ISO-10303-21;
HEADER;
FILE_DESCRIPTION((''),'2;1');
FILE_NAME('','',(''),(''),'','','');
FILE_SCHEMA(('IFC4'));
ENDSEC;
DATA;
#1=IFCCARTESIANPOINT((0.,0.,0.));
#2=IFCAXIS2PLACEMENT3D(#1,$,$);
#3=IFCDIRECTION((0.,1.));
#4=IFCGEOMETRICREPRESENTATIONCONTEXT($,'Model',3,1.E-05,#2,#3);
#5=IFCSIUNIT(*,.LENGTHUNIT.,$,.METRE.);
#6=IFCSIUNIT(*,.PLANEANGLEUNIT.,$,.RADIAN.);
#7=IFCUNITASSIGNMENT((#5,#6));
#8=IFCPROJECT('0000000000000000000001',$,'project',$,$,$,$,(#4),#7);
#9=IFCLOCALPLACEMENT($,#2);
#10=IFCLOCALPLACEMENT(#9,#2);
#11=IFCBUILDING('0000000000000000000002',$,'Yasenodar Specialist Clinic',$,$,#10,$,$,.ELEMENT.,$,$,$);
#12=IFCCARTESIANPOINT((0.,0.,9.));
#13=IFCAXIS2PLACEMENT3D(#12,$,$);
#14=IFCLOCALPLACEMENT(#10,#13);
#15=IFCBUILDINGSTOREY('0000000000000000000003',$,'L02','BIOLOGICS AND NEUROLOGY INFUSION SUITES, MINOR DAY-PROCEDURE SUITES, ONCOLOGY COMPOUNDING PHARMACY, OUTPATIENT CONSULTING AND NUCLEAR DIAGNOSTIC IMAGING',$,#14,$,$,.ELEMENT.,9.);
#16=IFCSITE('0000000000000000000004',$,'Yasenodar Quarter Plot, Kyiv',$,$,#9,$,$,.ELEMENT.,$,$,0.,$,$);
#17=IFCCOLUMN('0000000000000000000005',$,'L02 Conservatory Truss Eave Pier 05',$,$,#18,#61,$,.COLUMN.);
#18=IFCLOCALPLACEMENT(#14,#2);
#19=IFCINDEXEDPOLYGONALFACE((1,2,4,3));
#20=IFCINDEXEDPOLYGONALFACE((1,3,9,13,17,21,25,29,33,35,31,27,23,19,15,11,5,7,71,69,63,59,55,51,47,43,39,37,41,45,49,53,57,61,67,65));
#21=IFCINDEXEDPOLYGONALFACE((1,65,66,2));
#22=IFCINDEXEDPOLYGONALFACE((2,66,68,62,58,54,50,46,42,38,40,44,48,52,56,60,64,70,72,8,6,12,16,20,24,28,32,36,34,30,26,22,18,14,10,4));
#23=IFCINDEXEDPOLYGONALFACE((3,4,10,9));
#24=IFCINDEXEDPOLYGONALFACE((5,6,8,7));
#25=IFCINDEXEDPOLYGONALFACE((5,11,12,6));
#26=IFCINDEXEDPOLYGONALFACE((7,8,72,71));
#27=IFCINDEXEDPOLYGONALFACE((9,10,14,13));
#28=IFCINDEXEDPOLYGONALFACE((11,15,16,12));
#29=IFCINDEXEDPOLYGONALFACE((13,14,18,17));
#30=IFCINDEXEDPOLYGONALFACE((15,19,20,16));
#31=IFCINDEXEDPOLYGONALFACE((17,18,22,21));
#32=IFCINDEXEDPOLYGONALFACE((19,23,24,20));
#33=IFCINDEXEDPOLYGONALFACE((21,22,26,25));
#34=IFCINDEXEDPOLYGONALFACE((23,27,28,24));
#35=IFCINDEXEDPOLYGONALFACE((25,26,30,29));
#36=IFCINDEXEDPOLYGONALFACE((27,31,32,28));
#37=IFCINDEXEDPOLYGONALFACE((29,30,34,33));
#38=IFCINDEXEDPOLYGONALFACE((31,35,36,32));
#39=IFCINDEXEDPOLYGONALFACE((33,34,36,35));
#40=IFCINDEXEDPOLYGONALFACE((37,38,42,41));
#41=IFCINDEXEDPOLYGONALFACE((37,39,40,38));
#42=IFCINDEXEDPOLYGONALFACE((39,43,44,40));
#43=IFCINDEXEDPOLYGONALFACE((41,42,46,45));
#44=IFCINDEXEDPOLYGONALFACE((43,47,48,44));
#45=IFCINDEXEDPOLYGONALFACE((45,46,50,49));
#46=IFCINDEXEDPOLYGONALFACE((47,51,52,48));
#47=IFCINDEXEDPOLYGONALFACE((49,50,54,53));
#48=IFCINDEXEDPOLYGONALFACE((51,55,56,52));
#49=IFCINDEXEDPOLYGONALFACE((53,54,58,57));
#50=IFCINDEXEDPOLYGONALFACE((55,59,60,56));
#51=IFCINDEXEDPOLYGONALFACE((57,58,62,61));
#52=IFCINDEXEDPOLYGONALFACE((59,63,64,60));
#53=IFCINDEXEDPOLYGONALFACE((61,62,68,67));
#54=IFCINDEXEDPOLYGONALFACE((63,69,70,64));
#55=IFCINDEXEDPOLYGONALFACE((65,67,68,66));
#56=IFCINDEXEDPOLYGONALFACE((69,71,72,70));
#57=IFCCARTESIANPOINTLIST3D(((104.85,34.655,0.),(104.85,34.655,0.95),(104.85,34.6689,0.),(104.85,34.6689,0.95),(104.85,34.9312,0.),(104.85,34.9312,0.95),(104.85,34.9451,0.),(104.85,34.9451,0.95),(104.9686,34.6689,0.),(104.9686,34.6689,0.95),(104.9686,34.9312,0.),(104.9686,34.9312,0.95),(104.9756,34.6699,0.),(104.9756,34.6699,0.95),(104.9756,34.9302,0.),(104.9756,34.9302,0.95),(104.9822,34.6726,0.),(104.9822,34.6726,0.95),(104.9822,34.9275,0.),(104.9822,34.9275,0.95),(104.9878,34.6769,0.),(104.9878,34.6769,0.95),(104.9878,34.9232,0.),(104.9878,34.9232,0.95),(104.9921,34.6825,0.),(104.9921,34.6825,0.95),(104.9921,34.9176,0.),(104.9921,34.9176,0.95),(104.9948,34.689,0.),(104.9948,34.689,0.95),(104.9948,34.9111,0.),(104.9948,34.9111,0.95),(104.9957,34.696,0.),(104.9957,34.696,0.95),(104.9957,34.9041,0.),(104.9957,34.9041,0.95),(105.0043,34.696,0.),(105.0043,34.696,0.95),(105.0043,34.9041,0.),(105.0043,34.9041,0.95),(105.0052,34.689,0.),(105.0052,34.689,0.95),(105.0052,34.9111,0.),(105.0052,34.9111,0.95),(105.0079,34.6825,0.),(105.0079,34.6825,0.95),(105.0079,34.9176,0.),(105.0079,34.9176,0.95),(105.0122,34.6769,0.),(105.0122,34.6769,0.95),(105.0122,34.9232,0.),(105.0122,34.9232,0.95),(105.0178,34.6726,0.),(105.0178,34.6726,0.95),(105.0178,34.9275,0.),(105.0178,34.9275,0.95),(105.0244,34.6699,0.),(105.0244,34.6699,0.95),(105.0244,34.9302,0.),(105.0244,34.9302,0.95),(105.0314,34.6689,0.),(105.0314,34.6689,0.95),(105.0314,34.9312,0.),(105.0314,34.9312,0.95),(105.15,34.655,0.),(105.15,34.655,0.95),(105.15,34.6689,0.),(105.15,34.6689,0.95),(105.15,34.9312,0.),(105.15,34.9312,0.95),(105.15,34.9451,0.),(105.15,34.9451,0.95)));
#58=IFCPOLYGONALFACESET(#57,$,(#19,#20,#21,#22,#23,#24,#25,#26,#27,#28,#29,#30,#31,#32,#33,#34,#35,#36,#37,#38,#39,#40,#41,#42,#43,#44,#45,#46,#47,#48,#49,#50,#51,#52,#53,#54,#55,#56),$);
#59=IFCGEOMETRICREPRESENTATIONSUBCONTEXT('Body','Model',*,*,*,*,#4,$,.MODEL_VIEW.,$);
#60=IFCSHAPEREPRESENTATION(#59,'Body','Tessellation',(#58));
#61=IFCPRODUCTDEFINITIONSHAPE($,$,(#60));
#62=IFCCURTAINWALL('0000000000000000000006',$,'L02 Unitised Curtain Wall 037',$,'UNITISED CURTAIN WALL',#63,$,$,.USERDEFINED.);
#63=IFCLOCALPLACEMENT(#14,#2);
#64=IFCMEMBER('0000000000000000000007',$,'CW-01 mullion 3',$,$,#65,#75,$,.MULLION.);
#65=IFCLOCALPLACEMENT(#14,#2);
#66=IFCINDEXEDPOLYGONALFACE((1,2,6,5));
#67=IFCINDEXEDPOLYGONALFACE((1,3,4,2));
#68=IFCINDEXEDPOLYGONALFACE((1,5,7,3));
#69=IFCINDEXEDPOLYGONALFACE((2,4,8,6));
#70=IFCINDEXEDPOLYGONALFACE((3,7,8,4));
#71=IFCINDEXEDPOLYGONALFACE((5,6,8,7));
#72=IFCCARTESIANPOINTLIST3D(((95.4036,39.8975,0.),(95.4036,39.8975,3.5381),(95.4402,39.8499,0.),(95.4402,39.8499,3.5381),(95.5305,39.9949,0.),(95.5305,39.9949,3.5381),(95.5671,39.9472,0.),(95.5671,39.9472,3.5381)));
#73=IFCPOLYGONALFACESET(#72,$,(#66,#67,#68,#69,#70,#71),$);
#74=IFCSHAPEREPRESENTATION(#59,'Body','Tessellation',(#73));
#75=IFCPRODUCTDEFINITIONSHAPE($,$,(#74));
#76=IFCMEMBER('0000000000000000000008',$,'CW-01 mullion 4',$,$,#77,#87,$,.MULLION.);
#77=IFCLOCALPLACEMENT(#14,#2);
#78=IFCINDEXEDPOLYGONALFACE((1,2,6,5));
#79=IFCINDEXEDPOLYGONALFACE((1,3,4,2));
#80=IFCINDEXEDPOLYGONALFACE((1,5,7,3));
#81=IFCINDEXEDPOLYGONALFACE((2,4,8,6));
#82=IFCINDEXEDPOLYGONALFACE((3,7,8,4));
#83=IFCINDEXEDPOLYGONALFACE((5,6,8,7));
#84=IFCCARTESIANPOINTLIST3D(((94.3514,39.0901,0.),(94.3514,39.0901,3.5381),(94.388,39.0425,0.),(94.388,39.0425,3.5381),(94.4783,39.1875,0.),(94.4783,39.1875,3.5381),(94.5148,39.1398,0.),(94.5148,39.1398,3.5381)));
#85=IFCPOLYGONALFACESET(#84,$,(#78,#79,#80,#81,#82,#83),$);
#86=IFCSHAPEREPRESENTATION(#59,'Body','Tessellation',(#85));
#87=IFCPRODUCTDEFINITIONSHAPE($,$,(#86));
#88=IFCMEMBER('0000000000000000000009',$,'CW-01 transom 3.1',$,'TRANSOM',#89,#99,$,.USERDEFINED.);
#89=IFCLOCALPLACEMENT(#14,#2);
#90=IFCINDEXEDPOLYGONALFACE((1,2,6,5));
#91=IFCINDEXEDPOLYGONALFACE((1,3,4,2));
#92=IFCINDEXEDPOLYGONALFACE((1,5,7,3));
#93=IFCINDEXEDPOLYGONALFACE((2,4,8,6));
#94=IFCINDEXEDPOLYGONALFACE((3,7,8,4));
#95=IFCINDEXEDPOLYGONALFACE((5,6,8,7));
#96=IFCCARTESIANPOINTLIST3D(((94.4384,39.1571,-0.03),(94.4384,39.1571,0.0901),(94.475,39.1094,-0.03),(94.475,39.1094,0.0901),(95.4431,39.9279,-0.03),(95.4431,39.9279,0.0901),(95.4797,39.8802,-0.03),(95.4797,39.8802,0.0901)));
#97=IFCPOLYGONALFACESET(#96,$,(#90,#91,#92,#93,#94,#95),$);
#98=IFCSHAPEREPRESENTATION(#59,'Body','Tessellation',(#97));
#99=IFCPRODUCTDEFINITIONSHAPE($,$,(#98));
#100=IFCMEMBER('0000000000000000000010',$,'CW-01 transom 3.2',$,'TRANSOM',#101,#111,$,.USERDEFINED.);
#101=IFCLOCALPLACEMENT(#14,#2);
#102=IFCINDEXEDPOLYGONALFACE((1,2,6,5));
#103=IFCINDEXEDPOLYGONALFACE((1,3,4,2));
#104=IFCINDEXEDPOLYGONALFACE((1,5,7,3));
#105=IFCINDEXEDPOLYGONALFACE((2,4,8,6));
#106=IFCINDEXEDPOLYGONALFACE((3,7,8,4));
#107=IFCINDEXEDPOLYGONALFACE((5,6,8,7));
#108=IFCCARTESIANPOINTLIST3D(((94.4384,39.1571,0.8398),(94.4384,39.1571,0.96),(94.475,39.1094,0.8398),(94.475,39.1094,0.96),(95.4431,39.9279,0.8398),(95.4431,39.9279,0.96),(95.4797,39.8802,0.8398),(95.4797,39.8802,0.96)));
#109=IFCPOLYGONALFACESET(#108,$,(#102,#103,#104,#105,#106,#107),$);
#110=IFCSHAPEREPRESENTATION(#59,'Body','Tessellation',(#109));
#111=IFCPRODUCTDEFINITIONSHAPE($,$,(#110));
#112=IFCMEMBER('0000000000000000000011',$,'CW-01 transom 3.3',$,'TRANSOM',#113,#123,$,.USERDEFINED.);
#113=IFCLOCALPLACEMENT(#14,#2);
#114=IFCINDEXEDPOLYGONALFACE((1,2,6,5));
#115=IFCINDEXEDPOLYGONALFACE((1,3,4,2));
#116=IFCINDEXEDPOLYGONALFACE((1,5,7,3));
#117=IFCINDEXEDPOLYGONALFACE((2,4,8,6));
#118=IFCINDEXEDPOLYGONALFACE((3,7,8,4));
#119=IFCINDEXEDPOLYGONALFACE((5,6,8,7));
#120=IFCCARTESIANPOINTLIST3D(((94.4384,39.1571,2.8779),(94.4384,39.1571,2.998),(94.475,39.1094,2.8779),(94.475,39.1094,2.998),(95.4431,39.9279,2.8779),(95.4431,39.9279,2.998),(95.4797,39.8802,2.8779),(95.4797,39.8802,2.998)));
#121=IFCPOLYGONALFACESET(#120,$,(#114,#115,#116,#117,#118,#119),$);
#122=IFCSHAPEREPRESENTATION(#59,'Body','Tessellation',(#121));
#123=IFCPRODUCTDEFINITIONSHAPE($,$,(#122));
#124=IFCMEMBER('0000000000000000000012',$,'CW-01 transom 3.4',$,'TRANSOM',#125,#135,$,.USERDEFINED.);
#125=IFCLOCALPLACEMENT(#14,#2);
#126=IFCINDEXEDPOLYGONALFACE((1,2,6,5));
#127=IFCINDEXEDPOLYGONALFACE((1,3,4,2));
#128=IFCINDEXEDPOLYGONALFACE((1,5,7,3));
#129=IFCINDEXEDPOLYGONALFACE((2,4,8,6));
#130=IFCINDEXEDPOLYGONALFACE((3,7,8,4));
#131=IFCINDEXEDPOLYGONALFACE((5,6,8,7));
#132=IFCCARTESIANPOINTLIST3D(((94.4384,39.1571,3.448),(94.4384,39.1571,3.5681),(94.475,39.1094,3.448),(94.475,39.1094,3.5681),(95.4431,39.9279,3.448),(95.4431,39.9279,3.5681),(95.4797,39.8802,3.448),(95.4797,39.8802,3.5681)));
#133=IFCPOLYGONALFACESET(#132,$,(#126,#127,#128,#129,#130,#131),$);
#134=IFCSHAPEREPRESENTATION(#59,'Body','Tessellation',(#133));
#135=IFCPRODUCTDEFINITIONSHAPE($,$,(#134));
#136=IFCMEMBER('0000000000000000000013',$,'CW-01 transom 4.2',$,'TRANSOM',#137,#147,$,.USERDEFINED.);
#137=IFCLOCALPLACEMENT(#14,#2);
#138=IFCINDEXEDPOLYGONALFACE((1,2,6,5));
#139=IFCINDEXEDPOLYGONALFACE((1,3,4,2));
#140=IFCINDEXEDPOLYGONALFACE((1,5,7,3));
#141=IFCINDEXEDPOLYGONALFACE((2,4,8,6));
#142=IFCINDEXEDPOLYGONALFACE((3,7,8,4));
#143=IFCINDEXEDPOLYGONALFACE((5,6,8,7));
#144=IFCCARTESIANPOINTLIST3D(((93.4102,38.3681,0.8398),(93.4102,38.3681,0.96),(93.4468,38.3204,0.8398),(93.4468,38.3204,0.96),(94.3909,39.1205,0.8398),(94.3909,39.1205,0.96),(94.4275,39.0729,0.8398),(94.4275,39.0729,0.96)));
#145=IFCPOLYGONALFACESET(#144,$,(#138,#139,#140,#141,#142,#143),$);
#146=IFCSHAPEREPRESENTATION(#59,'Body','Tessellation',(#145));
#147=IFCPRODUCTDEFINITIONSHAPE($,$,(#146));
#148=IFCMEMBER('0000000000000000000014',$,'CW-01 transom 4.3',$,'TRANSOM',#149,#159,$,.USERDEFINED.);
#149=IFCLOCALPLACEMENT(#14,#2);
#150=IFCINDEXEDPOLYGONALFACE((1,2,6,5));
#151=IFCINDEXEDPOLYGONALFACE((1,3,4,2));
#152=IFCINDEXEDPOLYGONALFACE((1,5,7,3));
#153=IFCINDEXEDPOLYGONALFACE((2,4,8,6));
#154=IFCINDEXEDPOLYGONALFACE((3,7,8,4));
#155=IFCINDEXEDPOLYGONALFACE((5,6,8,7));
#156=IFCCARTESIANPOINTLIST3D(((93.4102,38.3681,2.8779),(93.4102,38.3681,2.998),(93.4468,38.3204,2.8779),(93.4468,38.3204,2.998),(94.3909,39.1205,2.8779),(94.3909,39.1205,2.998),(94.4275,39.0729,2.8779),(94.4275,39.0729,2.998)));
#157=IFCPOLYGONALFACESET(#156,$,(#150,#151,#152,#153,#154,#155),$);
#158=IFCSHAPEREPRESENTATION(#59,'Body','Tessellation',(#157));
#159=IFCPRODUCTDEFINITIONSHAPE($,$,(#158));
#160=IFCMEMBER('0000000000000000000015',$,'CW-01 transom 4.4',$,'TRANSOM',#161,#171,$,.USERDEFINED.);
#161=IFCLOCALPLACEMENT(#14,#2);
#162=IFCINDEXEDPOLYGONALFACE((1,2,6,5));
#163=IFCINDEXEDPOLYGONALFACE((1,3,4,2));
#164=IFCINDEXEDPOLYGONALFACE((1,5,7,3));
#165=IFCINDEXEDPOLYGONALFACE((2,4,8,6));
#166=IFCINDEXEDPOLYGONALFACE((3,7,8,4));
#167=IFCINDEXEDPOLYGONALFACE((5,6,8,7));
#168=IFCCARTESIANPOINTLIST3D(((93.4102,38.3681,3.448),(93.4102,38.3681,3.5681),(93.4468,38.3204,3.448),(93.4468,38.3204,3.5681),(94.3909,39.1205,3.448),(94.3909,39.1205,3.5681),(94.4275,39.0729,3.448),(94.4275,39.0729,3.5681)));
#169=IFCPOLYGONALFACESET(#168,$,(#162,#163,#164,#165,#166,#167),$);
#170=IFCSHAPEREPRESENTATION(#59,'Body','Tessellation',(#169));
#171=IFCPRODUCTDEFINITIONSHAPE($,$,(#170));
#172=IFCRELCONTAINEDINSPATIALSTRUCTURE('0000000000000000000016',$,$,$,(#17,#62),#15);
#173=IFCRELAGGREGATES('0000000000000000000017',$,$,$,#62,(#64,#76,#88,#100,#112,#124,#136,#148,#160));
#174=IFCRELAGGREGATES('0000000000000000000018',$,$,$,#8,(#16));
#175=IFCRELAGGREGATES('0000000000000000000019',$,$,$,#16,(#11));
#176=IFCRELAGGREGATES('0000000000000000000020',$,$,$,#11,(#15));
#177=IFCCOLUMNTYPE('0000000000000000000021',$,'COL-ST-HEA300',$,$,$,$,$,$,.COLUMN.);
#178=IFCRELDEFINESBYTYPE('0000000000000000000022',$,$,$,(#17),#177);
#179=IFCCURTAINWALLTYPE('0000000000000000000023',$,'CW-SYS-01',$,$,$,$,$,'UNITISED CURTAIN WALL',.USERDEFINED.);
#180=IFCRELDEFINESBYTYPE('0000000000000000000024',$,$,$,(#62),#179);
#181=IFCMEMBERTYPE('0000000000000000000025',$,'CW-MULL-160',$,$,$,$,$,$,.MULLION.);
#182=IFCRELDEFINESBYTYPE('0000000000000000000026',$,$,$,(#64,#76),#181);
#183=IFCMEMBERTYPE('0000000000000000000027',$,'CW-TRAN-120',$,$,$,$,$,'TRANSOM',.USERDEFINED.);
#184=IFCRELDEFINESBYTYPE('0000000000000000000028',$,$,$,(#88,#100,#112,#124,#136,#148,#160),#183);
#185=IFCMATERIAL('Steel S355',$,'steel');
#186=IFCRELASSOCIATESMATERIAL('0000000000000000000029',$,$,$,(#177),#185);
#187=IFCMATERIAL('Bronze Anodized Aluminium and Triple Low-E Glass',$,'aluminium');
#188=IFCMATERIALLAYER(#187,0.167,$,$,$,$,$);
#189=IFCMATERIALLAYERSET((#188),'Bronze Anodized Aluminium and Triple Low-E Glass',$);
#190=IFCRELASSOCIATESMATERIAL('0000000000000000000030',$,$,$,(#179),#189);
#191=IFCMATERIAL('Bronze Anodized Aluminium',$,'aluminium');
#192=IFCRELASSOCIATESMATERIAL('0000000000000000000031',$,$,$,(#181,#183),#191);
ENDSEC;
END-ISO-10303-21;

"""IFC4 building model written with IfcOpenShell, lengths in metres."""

from ifc_helpers import new_model, si_unit, direction, frame, origin, origin_2d, place, context, subcontext, project, spatial, rectangle, i_section, extrude, material, layer, layer_set, material_profile, profile_set, type_object, element, aggregate, save


model = new_model("IFC4")

# Units and contexts
model_context = context("Model", 3, precision=1e-05, world=origin(), true_north=direction((0.0, 1.0)))
body_context = subcontext(model_context, "Body", "Model", "MODEL_VIEW")
ifc_project = project(units=[si_unit("LENGTHUNIT", "METRE"), si_unit("PLANEANGLEUNIT", "RADIAN")], contexts=[model_context])

# Site, building, storey
site_placement = place(None, origin())
site = spatial("IfcSite", under=ifc_project, at=site_placement, Name="Yasenodar Quarter Plot, Kyiv", CompositionType="ELEMENT", RefElevation=0.0)
building_placement = place(site_placement, origin())
building = spatial("IfcBuilding", under=site, at=building_placement, Name="Yasenodar Specialist Clinic", CompositionType="ELEMENT")
storey_placement = place(building_placement, frame((0.0, 0.0, 9.0)))
storey = spatial("IfcBuildingStorey", under=building, at=storey_placement, Name="L02", Description="BIOLOGICS AND NEUROLOGY INFUSION SUITES, MINOR DAY-PROCEDURE SUITES, ONCOLOGY COMPOUNDING PHARMACY, OUTPATIENT CONSULTING AND NUCLEAR DIAGNOSTIC IMAGING", CompositionType="ELEMENT", Elevation=9.0)

# Column
ifc_material_1 = material(Name="Steel S355", Category="steel")
ifc_material_profile_1 = material_profile(ifc_material_1, i_section(OverallWidth=0.3, OverallDepth=0.29, WebThickness=0.0085, FlangeThickness=0.0139, FilletRadius=0.0271, at=origin_2d()), Name="HEA 300")
ifc_profile_set_1 = profile_set([ifc_material_profile_1], Name="Steel S355")
column_type = type_object("IfcColumnType", Name="COL-ST-HEA300", PredefinedType="COLUMN", material=ifc_profile_set_1)
for number, where, z_axis, x_axis, name in (
    (1, (105.0, 34.8, 0.0), (0.0, 0.0, 1.0), (1.0, 0.0, 0.0), "L02 Conservatory Truss Eave Pier 05"),
):
    element("IfcColumn", number, at=place(storey_placement, frame(where, z_axis=z_axis, x_axis=x_axis)), inside=storey, type_object=column_type, Name=name, PredefinedType="COLUMN", context=body_context, shape_type="SweptSolid", body=[
        extrude(i_section(OverallWidth=0.3, OverallDepth=0.29, WebThickness=0.0085, FlangeThickness=0.0139, FilletRadius=0.0271, at=origin_2d()), origin(), (0.0, 0.0, 1.0), 0.95),
    ])

# Curtain wall, members
ifc_material_2 = material(Name="Bronze Anodized Aluminium and Triple Low-E Glass", Category="aluminium")
ifc_layer_1 = layer(ifc_material_2, 0.167)
ifc_layer_set_1 = layer_set([ifc_layer_1], Name="Bronze Anodized Aluminium and Triple Low-E Glass")
curtain_wall_type = type_object("IfcCurtainWallType", Name="CW-SYS-01", ElementType="UNITISED CURTAIN WALL", PredefinedType="USERDEFINED", material=ifc_layer_set_1)
curtain_wall_placement = place(storey_placement, origin())
curtain_wall = element("IfcCurtainWall", 2, at=curtain_wall_placement, inside=storey, type_object=curtain_wall_type, Name="L02 Unitised Curtain Wall 037", ObjectType="UNITISED CURTAIN WALL", PredefinedType="USERDEFINED")
ifc_material_3 = material(Name="Bronze Anodized Aluminium", Category="aluminium")
ifc_material_profile_2 = material_profile(ifc_material_3, rectangle(XDim=0.0601, YDim=0.1599, at=origin_2d()), Name="CW-MULL 60x160")
ifc_profile_set_2 = profile_set([ifc_material_profile_2], Name="Bronze Anodized Aluminium")
member_type_1 = type_object("IfcMemberType", Name="CW-MULL-160", PredefinedType="MULLION", material=ifc_profile_set_2)
member_1_placement = place(storey_placement, frame((95.4854, 39.9224, 0.0), z_axis=(0.0, 0.0, 1.0), x_axis=(0.608752, -0.793361, 0.0)))
member_1 = element("IfcMember", 3, at=member_1_placement, type_object=member_type_1, Name="CW-01 mullion 3", PredefinedType="MULLION", context=body_context, shape_type="SweptSolid", body=[
    extrude(rectangle(XDim=0.0601, YDim=0.1599, at=origin_2d()), origin(), (0.0, 0.0, 1.0), 3.5381),
])
member_2_placement = place(storey_placement, frame((94.4331, 39.115, 0.0), z_axis=(0.0, 0.0, 1.0), x_axis=(0.608752, -0.793361, 0.0)))
member_2 = element("IfcMember", 4, at=member_2_placement, type_object=member_type_1, Name="CW-01 mullion 4", PredefinedType="MULLION", context=body_context, shape_type="SweptSolid", body=[
    extrude(rectangle(XDim=0.0601, YDim=0.1599, at=origin_2d()), origin(), (0.0, 0.0, 1.0), 3.5381),
])
ifc_material_profile_3 = material_profile(ifc_material_3, rectangle(XDim=0.0601, YDim=0.1201, at=origin_2d()), Name="CW-TRAN 60x120")
ifc_profile_set_3 = profile_set([ifc_material_profile_3], Name="Bronze Anodized Aluminium")
member_type_2 = type_object("IfcMemberType", Name="CW-TRAN-120", ElementType="TRANSOM", PredefinedType="USERDEFINED", material=ifc_profile_set_3)
member_3_placement = place(storey_placement, frame((95.4614, 39.9041, 0.03), z_axis=(-0.793405, -0.608695, 0.0), x_axis=(0.608695, -0.793405, 0.0)))
member_3 = element("IfcMember", 5, at=member_3_placement, type_object=member_type_2, Name="CW-01 transom 3.1", ObjectType="TRANSOM", PredefinedType="USERDEFINED", context=body_context, shape_type="SweptSolid", body=[
    extrude(rectangle(XDim=0.0601, YDim=0.1201, at=origin_2d()), origin(), (0.0, 0.0, 1.0), 1.2664),
])
member_4_placement = place(storey_placement, frame((95.4614, 39.9041, 0.8999), z_axis=(-0.793405, -0.608695, 0.0), x_axis=(0.608695, -0.793405, 0.0)))
member_4 = element("IfcMember", 6, at=member_4_placement, type_object=member_type_2, Name="CW-01 transom 3.2", ObjectType="TRANSOM", PredefinedType="USERDEFINED", context=body_context, shape_type="SweptSolid", body=[
    extrude(rectangle(XDim=0.0601, YDim=0.1201, at=origin_2d()), origin(), (0.0, 0.0, 1.0), 1.2664),
])
member_5_placement = place(storey_placement, frame((95.4614, 39.9041, 2.938), z_axis=(-0.793405, -0.608695, 0.0), x_axis=(0.608695, -0.793405, 0.0)))
member_5 = element("IfcMember", 7, at=member_5_placement, type_object=member_type_2, Name="CW-01 transom 3.3", ObjectType="TRANSOM", PredefinedType="USERDEFINED", context=body_context, shape_type="SweptSolid", body=[
    extrude(rectangle(XDim=0.0601, YDim=0.1201, at=origin_2d()), origin(), (0.0, 0.0, 1.0), 1.2664),
])
member_6_placement = place(storey_placement, frame((95.4614, 39.9041, 3.5081), z_axis=(-0.793405, -0.608695, 0.0), x_axis=(0.608695, -0.793405, 0.0)))
member_6 = element("IfcMember", 8, at=member_6_placement, type_object=member_type_2, Name="CW-01 transom 3.4", ObjectType="TRANSOM", PredefinedType="USERDEFINED", context=body_context, shape_type="SweptSolid", body=[
    extrude(rectangle(XDim=0.0601, YDim=0.1201, at=origin_2d()), origin(), (0.0, 0.0, 1.0), 1.2664),
])
member_7_placement = place(storey_placement, frame((94.4092, 39.0967, 0.8999), z_axis=(-0.793387, -0.608718, 0.0), x_axis=(0.608718, -0.793387, 0.0)))
member_7 = element("IfcMember", 9, at=member_7_placement, type_object=member_type_2, Name="CW-01 transom 4.2", ObjectType="TRANSOM", PredefinedType="USERDEFINED", context=body_context, shape_type="SweptSolid", body=[
    extrude(rectangle(XDim=0.0601, YDim=0.1201, at=origin_2d()), origin(), (0.0, 0.0, 1.0), 1.2361),
])
member_8_placement = place(storey_placement, frame((94.4092, 39.0967, 2.938), z_axis=(-0.793387, -0.608718, 0.0), x_axis=(0.608718, -0.793387, 0.0)))
member_8 = element("IfcMember", 10, at=member_8_placement, type_object=member_type_2, Name="CW-01 transom 4.3", ObjectType="TRANSOM", PredefinedType="USERDEFINED", context=body_context, shape_type="SweptSolid", body=[
    extrude(rectangle(XDim=0.0601, YDim=0.1201, at=origin_2d()), origin(), (0.0, 0.0, 1.0), 1.2361),
])
member_9_placement = place(storey_placement, frame((94.4092, 39.0967, 3.5081), z_axis=(-0.793387, -0.608718, 0.0), x_axis=(0.608718, -0.793387, 0.0)))
member_9 = element("IfcMember", 11, at=member_9_placement, type_object=member_type_2, Name="CW-01 transom 4.4", ObjectType="TRANSOM", PredefinedType="USERDEFINED", context=body_context, shape_type="SweptSolid", body=[
    extrude(rectangle(XDim=0.0601, YDim=0.1201, at=origin_2d()), origin(), (0.0, 0.0, 1.0), 1.2361),
])

aggregate(curtain_wall, [member_1, member_2, member_3, member_4, member_5, member_6, member_7, member_8, member_9])

save(model, "model.ifc")
